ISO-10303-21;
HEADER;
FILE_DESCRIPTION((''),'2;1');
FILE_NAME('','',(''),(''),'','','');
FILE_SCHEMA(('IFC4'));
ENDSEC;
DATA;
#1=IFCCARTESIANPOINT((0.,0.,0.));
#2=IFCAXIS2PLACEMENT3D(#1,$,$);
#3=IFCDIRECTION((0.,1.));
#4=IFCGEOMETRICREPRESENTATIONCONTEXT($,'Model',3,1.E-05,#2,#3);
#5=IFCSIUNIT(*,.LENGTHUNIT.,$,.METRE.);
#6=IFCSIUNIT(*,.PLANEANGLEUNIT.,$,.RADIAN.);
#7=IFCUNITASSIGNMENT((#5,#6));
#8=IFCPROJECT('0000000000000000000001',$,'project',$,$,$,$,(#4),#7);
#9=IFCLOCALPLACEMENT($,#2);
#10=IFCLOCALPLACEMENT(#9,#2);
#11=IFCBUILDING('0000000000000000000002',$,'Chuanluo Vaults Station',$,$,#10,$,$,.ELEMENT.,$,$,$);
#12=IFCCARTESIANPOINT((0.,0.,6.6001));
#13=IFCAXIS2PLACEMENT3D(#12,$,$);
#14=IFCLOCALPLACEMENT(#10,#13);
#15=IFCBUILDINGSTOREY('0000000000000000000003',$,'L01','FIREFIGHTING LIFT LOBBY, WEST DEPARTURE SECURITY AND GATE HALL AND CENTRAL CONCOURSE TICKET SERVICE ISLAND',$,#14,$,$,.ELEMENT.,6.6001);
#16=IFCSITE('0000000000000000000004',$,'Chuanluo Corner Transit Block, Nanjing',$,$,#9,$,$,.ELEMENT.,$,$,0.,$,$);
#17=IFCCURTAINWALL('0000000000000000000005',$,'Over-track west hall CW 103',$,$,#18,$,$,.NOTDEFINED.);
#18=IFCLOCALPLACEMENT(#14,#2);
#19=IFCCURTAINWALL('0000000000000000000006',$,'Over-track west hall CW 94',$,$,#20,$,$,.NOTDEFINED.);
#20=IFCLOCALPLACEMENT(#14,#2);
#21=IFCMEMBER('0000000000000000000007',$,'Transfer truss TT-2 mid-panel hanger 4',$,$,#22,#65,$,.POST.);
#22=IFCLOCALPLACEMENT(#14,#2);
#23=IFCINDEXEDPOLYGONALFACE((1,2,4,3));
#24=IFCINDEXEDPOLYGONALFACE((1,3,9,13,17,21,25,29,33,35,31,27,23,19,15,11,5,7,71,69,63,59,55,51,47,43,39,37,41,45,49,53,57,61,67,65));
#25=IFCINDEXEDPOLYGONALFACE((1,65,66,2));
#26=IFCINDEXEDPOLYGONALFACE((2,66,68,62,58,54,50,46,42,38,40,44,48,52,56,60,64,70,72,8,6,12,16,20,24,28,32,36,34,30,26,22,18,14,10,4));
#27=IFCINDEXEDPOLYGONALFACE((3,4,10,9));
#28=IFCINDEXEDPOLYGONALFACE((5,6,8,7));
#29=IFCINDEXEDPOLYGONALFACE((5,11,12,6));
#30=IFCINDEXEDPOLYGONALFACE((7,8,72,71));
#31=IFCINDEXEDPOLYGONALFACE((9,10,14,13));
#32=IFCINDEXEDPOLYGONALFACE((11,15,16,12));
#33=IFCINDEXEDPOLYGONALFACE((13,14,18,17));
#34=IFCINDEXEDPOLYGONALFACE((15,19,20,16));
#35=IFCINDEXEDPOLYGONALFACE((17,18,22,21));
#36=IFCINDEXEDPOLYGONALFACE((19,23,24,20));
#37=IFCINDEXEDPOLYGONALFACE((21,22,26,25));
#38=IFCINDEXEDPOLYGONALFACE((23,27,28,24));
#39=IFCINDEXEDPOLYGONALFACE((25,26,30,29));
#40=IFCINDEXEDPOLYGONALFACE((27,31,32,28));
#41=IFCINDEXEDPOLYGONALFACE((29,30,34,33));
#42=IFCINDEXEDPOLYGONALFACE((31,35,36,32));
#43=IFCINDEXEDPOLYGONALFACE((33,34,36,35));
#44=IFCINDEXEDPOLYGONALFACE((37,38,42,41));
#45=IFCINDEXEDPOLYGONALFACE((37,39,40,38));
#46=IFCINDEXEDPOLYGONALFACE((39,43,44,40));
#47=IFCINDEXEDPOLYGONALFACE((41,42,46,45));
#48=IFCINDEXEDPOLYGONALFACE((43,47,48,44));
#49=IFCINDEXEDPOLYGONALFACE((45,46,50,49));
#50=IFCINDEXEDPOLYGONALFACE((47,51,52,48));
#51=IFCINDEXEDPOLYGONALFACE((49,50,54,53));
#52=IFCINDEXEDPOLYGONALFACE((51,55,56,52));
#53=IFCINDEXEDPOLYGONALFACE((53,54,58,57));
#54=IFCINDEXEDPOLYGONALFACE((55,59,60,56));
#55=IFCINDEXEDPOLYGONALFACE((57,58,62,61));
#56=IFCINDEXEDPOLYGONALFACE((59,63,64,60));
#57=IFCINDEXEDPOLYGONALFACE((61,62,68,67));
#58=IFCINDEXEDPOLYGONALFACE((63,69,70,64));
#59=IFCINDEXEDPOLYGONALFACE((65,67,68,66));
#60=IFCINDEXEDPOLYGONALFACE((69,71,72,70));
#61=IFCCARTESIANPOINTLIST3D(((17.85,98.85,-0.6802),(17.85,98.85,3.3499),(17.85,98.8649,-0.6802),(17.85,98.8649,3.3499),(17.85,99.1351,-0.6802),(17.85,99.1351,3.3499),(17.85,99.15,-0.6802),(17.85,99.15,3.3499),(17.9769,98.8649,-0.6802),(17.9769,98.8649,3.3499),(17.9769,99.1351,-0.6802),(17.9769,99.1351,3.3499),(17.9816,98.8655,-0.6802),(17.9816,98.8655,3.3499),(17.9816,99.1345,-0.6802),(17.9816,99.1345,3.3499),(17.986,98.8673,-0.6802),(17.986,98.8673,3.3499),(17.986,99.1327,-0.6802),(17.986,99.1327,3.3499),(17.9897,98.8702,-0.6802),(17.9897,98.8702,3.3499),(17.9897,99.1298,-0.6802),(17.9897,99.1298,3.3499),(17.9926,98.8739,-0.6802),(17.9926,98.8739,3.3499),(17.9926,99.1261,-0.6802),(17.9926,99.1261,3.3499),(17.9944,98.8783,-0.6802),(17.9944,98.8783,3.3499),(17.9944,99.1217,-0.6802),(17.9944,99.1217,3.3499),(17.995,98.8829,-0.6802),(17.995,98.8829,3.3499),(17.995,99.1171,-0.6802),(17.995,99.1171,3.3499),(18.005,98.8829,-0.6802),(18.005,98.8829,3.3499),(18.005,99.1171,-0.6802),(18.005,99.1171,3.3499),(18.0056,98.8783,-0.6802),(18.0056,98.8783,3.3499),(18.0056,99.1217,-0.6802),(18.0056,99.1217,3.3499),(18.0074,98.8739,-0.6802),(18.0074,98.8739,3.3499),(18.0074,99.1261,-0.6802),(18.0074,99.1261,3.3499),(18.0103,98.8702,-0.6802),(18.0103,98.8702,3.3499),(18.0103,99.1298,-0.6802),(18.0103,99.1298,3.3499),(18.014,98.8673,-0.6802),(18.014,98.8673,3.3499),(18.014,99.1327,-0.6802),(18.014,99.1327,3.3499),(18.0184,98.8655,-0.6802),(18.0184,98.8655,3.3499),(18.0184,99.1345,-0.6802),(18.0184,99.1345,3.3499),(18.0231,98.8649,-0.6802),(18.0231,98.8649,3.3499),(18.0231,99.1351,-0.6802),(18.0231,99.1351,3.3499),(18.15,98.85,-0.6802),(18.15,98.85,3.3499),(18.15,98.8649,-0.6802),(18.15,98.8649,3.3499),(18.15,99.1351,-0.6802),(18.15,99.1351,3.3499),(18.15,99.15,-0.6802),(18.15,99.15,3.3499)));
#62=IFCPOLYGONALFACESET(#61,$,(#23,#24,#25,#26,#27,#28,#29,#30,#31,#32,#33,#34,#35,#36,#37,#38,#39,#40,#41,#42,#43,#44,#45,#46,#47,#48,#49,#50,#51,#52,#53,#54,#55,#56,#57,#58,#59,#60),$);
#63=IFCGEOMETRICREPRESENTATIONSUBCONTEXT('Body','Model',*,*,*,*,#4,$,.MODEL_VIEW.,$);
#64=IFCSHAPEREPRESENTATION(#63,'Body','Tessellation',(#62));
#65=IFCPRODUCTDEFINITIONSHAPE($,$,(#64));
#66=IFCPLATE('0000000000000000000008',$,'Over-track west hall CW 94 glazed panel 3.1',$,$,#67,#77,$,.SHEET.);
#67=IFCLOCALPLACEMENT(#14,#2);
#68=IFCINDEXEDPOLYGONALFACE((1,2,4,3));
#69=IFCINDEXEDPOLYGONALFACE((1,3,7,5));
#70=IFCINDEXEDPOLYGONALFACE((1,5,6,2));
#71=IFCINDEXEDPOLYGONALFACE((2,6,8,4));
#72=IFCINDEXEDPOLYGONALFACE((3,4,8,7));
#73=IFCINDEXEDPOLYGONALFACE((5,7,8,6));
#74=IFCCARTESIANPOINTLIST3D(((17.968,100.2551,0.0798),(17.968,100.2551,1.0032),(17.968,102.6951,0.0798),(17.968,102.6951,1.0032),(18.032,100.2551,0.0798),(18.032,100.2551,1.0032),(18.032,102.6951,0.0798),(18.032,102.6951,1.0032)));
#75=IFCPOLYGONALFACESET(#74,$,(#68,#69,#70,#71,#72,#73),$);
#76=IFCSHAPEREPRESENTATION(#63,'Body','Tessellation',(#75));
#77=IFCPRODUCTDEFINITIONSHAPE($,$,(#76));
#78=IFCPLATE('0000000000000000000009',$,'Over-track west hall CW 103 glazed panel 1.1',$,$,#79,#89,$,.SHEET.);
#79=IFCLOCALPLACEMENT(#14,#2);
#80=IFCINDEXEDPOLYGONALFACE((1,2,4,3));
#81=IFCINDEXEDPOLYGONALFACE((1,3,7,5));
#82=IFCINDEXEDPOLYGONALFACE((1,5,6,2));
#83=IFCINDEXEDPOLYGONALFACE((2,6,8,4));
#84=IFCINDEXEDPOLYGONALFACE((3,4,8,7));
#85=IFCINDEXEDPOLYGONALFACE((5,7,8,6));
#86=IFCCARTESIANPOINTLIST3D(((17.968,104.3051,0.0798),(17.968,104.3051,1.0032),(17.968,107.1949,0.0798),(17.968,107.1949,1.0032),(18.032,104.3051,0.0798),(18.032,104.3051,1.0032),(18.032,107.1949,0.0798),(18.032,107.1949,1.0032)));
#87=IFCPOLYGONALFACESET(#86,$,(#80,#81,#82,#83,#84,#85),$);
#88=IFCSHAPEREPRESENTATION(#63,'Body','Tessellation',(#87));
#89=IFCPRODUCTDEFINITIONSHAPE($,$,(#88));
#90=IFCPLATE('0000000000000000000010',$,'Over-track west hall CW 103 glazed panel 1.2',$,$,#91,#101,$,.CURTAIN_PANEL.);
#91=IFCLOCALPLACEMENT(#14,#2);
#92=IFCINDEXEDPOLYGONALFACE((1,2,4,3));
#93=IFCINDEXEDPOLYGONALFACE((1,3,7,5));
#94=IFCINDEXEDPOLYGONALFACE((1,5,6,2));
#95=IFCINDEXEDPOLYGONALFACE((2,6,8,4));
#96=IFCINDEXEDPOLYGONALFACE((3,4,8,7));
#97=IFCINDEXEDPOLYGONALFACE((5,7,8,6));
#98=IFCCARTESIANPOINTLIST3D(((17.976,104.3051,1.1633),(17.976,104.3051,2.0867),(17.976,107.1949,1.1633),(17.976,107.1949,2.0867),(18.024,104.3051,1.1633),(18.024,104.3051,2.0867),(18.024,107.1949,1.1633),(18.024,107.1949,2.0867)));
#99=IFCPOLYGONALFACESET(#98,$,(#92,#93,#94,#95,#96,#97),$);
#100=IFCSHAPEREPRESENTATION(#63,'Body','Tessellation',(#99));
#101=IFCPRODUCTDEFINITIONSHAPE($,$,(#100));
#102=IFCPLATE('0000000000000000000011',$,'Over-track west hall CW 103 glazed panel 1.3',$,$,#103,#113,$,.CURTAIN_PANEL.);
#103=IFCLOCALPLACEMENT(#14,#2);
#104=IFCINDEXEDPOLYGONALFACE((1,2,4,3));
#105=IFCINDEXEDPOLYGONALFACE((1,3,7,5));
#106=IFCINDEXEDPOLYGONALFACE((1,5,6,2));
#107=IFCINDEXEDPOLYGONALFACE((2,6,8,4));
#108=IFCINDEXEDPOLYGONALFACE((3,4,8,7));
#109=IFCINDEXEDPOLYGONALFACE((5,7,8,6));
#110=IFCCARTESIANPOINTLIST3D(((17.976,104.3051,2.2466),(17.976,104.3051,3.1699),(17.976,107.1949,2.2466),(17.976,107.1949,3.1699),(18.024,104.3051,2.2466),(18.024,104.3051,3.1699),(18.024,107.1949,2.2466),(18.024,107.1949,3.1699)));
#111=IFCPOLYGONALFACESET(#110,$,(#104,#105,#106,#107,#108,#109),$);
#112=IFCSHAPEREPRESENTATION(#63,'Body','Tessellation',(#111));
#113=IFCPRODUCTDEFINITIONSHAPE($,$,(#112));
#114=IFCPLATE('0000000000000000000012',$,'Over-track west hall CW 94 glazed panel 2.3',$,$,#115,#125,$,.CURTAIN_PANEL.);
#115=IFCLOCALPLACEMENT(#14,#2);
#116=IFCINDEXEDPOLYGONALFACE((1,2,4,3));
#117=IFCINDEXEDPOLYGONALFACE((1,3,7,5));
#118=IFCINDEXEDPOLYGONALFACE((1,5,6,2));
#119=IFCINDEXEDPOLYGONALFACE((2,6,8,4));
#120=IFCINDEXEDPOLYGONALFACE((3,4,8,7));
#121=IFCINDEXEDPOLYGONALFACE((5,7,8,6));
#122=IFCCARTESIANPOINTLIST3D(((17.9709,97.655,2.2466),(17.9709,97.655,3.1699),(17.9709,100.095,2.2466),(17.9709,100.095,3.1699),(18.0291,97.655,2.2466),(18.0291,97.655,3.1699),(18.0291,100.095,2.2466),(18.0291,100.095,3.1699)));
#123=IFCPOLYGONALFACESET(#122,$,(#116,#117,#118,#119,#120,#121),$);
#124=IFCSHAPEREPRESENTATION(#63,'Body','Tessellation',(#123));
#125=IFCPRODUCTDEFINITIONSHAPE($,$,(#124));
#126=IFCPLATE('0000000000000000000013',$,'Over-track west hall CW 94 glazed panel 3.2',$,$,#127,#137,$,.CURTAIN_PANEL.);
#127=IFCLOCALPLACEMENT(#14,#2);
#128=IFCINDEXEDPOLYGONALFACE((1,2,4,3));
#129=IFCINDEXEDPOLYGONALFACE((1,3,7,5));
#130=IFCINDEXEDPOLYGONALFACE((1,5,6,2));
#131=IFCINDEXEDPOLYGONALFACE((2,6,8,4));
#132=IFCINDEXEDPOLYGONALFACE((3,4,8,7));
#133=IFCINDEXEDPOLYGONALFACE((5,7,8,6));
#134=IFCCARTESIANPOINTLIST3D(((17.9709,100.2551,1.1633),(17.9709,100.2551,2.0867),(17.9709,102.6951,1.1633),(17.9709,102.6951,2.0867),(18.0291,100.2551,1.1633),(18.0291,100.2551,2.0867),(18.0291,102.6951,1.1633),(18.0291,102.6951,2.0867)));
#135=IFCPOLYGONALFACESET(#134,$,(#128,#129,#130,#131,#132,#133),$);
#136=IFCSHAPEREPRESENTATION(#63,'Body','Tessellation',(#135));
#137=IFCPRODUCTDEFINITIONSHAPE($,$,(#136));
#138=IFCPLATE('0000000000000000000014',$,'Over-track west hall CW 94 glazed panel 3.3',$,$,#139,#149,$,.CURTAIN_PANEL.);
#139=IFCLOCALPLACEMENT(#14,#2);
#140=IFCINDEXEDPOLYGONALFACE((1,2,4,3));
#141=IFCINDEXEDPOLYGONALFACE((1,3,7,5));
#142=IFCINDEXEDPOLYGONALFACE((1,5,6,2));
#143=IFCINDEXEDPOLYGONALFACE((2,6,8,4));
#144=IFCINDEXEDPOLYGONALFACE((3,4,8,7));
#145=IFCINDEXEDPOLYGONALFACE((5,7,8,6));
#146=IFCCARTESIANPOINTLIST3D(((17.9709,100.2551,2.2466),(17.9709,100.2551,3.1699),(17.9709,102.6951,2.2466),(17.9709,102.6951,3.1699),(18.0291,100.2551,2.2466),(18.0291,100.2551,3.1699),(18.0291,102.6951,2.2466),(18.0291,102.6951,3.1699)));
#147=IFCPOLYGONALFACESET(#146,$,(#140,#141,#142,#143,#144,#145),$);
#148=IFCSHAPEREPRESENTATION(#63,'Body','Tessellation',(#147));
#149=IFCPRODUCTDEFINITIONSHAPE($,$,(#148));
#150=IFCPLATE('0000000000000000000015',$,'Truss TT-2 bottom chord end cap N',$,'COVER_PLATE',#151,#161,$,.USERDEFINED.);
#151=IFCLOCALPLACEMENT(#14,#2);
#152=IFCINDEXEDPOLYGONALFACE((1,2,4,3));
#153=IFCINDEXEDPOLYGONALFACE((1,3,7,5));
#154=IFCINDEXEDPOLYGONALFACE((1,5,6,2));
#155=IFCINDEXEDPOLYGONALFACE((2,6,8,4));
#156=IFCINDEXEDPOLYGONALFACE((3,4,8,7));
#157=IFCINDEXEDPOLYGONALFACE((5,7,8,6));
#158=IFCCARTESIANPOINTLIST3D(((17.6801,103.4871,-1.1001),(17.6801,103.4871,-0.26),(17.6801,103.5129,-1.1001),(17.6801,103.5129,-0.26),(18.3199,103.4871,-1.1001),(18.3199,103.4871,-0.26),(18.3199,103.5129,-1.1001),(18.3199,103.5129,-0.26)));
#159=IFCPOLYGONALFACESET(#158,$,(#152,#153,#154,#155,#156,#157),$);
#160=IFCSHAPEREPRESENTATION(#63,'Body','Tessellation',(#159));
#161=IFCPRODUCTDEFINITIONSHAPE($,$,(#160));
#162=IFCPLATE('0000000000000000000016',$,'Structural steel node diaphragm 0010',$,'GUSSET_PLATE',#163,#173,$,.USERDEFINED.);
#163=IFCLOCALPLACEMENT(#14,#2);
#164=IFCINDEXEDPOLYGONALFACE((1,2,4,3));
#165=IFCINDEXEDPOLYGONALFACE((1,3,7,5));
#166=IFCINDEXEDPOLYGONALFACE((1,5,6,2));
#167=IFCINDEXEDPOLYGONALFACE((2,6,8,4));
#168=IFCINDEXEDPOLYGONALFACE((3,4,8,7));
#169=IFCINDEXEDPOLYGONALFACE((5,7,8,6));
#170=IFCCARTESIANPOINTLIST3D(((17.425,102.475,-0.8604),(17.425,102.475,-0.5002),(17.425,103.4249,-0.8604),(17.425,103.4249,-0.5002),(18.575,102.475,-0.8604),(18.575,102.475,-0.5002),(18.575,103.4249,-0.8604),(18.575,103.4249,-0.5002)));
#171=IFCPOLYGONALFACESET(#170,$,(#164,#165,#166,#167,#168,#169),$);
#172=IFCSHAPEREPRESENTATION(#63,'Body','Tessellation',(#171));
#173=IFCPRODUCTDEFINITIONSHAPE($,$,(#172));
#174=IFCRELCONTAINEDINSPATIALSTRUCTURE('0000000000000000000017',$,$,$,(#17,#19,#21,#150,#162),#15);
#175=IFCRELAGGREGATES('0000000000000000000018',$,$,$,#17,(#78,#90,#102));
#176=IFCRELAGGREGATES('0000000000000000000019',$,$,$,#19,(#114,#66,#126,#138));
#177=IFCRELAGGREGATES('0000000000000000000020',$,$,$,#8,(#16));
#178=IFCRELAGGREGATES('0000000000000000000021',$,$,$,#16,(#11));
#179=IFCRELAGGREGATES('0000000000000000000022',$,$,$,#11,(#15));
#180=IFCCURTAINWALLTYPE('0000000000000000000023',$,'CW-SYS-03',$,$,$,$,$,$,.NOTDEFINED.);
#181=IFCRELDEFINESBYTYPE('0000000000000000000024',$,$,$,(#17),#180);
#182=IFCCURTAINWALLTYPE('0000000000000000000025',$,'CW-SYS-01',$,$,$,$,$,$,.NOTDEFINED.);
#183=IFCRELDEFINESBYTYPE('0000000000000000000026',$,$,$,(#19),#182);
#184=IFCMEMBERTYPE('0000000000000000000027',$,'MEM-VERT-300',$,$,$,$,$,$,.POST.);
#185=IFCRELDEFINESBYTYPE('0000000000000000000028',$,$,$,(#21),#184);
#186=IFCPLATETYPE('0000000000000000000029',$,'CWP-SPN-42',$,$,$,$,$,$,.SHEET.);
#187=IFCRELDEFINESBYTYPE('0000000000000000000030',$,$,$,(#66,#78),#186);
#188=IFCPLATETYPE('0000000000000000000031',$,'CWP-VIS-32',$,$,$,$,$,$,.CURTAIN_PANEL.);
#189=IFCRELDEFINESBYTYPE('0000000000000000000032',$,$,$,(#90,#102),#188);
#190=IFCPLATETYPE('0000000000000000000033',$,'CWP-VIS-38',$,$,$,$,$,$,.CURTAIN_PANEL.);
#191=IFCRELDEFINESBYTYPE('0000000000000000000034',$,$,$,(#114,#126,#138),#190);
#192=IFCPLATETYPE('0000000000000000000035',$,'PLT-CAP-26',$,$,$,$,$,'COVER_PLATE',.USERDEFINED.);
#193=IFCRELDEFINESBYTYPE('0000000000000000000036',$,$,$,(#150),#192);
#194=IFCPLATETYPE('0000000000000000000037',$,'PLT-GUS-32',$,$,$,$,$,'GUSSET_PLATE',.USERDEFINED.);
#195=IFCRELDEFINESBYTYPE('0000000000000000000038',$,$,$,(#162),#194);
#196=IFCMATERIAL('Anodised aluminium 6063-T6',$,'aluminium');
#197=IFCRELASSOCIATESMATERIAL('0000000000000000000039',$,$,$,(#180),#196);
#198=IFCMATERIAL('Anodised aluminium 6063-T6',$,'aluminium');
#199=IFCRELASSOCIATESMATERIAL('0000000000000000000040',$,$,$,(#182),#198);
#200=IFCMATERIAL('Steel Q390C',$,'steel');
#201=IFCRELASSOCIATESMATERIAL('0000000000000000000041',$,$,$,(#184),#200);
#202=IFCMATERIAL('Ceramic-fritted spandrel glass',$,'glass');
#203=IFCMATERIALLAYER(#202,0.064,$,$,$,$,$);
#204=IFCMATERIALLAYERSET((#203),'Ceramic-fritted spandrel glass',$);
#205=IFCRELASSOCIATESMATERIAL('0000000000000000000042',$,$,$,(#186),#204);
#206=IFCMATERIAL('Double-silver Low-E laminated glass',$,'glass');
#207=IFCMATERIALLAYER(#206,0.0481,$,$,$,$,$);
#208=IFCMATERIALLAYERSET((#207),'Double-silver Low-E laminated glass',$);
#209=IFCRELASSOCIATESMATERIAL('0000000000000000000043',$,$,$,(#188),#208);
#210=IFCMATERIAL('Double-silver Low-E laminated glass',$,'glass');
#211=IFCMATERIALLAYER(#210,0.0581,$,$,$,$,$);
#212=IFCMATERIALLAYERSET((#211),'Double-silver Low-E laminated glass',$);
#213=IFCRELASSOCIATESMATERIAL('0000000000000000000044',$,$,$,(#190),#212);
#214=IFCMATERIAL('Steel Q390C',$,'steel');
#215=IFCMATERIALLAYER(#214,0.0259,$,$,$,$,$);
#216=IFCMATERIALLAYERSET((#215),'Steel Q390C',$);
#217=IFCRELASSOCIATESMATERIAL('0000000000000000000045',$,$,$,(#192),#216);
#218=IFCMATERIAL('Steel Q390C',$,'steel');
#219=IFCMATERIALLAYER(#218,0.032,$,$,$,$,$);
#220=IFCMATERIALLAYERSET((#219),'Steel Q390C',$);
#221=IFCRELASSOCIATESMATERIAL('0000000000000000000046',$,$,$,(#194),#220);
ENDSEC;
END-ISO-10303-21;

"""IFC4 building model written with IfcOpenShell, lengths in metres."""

from ifc_helpers import new_model, si_unit, direction, frame, origin, origin_2d, place, context, subcontext, project, spatial, rectangle, i_section, extrude, material, layer, layer_set, material_profile, profile_set, type_object, element, aggregate, save


model = new_model("IFC4")

# Units and contexts
model_context = context("Model", 3, precision=1e-05, world=origin(), true_north=direction((0.0, 1.0)))
body_context = subcontext(model_context, "Body", "Model", "MODEL_VIEW")
ifc_project = project(units=[si_unit("LENGTHUNIT", "METRE"), si_unit("PLANEANGLEUNIT", "RADIAN")], contexts=[model_context])

# Site, building, storey
site_placement = place(None, origin())
site = spatial("IfcSite", under=ifc_project, at=site_placement, Name="Chuanluo Corner Transit Block, Nanjing", CompositionType="ELEMENT", RefElevation=0.0)
building_placement = place(site_placement, origin())
building = spatial("IfcBuilding", under=site, at=building_placement, Name="Chuanluo Vaults Station", CompositionType="ELEMENT")
storey_placement = place(building_placement, frame((0.0, 0.0, 6.6001)))
storey = spatial("IfcBuildingStorey", under=building, at=storey_placement, Name="L01", Description="FIREFIGHTING LIFT LOBBY, WEST DEPARTURE SECURITY AND GATE HALL AND CENTRAL CONCOURSE TICKET SERVICE ISLAND", CompositionType="ELEMENT", Elevation=6.6001)

# Curtain wall
ifc_material_1 = material(Name="Anodised aluminium 6063-T6", Category="aluminium")
curtain_wall_type_1 = type_object("IfcCurtainWallType", Name="CW-SYS-03", PredefinedType="NOTDEFINED", material=ifc_material_1)
curtain_wall_1_placement = place(storey_placement, origin())
curtain_wall_1 = element("IfcCurtainWall", 1, at=curtain_wall_1_placement, inside=storey, type_object=curtain_wall_type_1, Name="Over-track west hall CW 103", PredefinedType="NOTDEFINED")

# Curtain wall
ifc_material_2 = material(Name="Anodised aluminium 6063-T6", Category="aluminium")
curtain_wall_type_2 = type_object("IfcCurtainWallType", Name="CW-SYS-01", PredefinedType="NOTDEFINED", material=ifc_material_2)
curtain_wall_2_placement = place(storey_placement, origin())
curtain_wall_2 = element("IfcCurtainWall", 2, at=curtain_wall_2_placement, inside=storey, type_object=curtain_wall_type_2, Name="Over-track west hall CW 94", PredefinedType="NOTDEFINED")

# Member
ifc_material_3 = material(Name="Steel Q390C", Category="steel")
ifc_material_profile_1 = material_profile(ifc_material_3, i_section(OverallWidth=0.3, OverallDepth=0.3, WebThickness=0.01, FlangeThickness=0.0149, FilletRadius=0.0181, at=origin_2d()))
ifc_profile_set_1 = profile_set([ifc_material_profile_1], Name="Steel Q390C")
member_type_1 = type_object("IfcMemberType", Name="MEM-VERT-300", PredefinedType="POST", material=ifc_profile_set_1)
member_1_placement = place(storey_placement, frame((18.0, 99.0, -0.6802), z_axis=(0.0, 0.0, 1.0), x_axis=(1.0, 0.0, 0.0)))
element("IfcMember", 3, at=member_1_placement, inside=storey, type_object=member_type_1, Name="Transfer truss TT-2 mid-panel hanger 4", PredefinedType="POST", context=body_context, shape_type="SweptSolid", body=[
    extrude(i_section(OverallWidth=0.3, OverallDepth=0.3, WebThickness=0.01, FlangeThickness=0.0149, FilletRadius=0.0181, at=origin_2d()), origin(), (0.0, 0.0, 1.0), 4.03),
])

# Plates
ifc_material_4 = material(Name="Ceramic-fritted spandrel glass", Category="glass")
ifc_layer_1 = layer(ifc_material_4, 0.064)
ifc_layer_set_1 = layer_set([ifc_layer_1], Name="Ceramic-fritted spandrel glass")
plate_type_1 = type_object("IfcPlateType", Name="CWP-SPN-42", PredefinedType="SHEET", material=ifc_layer_set_1)
plate_1_placement = place(storey_placement, frame((18.0, 101.4751, 0.0798), z_axis=(0.0, 0.0, 1.0), x_axis=(0.0, 1.0, 0.0)))
plate_1 = element("IfcPlate", 4, at=plate_1_placement, type_object=plate_type_1, Name="Over-track west hall CW 94 glazed panel 3.1", PredefinedType="SHEET", context=body_context, shape_type="SweptSolid", body=[
    extrude(rectangle(XDim=2.4399, YDim=0.064, at=origin_2d()), origin(), (0.0, 0.0, 1.0), 0.9233),
])
plate_2_placement = place(storey_placement, frame((18.0, 105.75, 0.0798), z_axis=(0.0, 0.0, 1.0), x_axis=(0.0, 1.0, 0.0)))
plate_2 = element("IfcPlate", 5, at=plate_2_placement, type_object=plate_type_1, Name="Over-track west hall CW 103 glazed panel 1.1", PredefinedType="SHEET", context=body_context, shape_type="SweptSolid", body=[
    extrude(rectangle(XDim=2.8899, YDim=0.064, at=origin_2d()), origin(), (0.0, 0.0, 1.0), 0.9233),
])
ifc_material_5 = material(Name="Double-silver Low-E laminated glass", Category="glass")
ifc_layer_2 = layer(ifc_material_5, 0.0481)
ifc_layer_set_2 = layer_set([ifc_layer_2], Name="Double-silver Low-E laminated glass")
plate_type_2 = type_object("IfcPlateType", Name="CWP-VIS-32", PredefinedType="CURTAIN_PANEL", material=ifc_layer_set_2)
plate_3_placement = place(storey_placement, frame((18.0, 105.75, 1.1633), z_axis=(0.0, 0.0, 1.0), x_axis=(0.0, 1.0, 0.0)))
plate_3 = element("IfcPlate", 6, at=plate_3_placement, type_object=plate_type_2, Name="Over-track west hall CW 103 glazed panel 1.2", PredefinedType="CURTAIN_PANEL", context=body_context, shape_type="SweptSolid", body=[
    extrude(rectangle(XDim=2.8899, YDim=0.0481, at=origin_2d()), origin(), (0.0, 0.0, 1.0), 0.9233),
])
plate_4_placement = place(storey_placement, frame((18.0, 105.75, 2.2466), z_axis=(0.0, 0.0, 1.0), x_axis=(0.0, 1.0, 0.0)))
plate_4 = element("IfcPlate", 7, at=plate_4_placement, type_object=plate_type_2, Name="Over-track west hall CW 103 glazed panel 1.3", PredefinedType="CURTAIN_PANEL", context=body_context, shape_type="SweptSolid", body=[
    extrude(rectangle(XDim=2.8899, YDim=0.0481, at=origin_2d()), origin(), (0.0, 0.0, 1.0), 0.9233),
])
aggregate(curtain_wall_1, [plate_2, plate_3, plate_4])
ifc_material_6 = material(Name="Double-silver Low-E laminated glass", Category="glass")
ifc_layer_3 = layer(ifc_material_6, 0.0581)
ifc_layer_set_3 = layer_set([ifc_layer_3], Name="Double-silver Low-E laminated glass")
plate_type_3 = type_object("IfcPlateType", Name="CWP-VIS-38", PredefinedType="CURTAIN_PANEL", material=ifc_layer_set_3)
plate_5_placement = place(storey_placement, frame((18.0, 98.875, 2.2466), z_axis=(0.0, 0.0, 1.0), x_axis=(0.0, 1.0, 0.0)))
plate_5 = element("IfcPlate", 8, at=plate_5_placement, type_object=plate_type_3, Name="Over-track west hall CW 94 glazed panel 2.3", PredefinedType="CURTAIN_PANEL", context=body_context, shape_type="SweptSolid", body=[
    extrude(rectangle(XDim=2.4399, YDim=0.0581, at=origin_2d()), origin(), (0.0, 0.0, 1.0), 0.9233),
])
plate_6_placement = place(storey_placement, frame((18.0, 101.4751, 1.1633), z_axis=(0.0, 0.0, 1.0), x_axis=(0.0, 1.0, 0.0)))
plate_6 = element("IfcPlate", 9, at=plate_6_placement, type_object=plate_type_3, Name="Over-track west hall CW 94 glazed panel 3.2", PredefinedType="CURTAIN_PANEL", context=body_context, shape_type="SweptSolid", body=[
    extrude(rectangle(XDim=2.4399, YDim=0.0581, at=origin_2d()), origin(), (0.0, 0.0, 1.0), 0.9233),
])
plate_7_placement = place(storey_placement, frame((18.0, 101.4751, 2.2466), z_axis=(0.0, 0.0, 1.0), x_axis=(0.0, 1.0, 0.0)))
plate_7 = element("IfcPlate", 10, at=plate_7_placement, type_object=plate_type_3, Name="Over-track west hall CW 94 glazed panel 3.3", PredefinedType="CURTAIN_PANEL", context=body_context, shape_type="SweptSolid", body=[
    extrude(rectangle(XDim=2.4399, YDim=0.0581, at=origin_2d()), origin(), (0.0, 0.0, 1.0), 0.9233),
])
aggregate(curtain_wall_2, [plate_5, plate_1, plate_6, plate_7])

# Plates
ifc_material_7 = material(Name="Steel Q390C", Category="steel")
ifc_layer_4 = layer(ifc_material_7, 0.0259)
ifc_layer_set_4 = layer_set([ifc_layer_4], Name="Steel Q390C")
plate_type_4 = type_object("IfcPlateType", Name="PLT-CAP-26", ElementType="COVER_PLATE", PredefinedType="USERDEFINED", material=ifc_layer_set_4)
plate_8_placement = place(storey_placement, frame((18.0, 103.5, -1.1001), z_axis=(0.0, 0.0, 1.0), x_axis=(1.0, 0.0, 0.0)))
element("IfcPlate", 11, at=plate_8_placement, inside=storey, type_object=plate_type_4, Name="Truss TT-2 bottom chord end cap N", ObjectType="COVER_PLATE", PredefinedType="USERDEFINED", context=body_context, shape_type="SweptSolid", body=[
    extrude(rectangle(XDim=0.6399, YDim=0.0259, at=origin_2d()), origin(), (0.0, 0.0, 1.0), 0.8401),
])
ifc_material_8 = material(Name="Steel Q390C", Category="steel")
ifc_layer_5 = layer(ifc_material_8, 0.032)
ifc_layer_set_5 = layer_set([ifc_layer_5], Name="Steel Q390C")
plate_type_5 = type_object("IfcPlateType", Name="PLT-GUS-32", ElementType="GUSSET_PLATE", PredefinedType="USERDEFINED", material=ifc_layer_set_5)
plate_9_placement = place(storey_placement, frame((18.0, 102.95, -0.8604), z_axis=(0.0, 0.0, 1.0), x_axis=(1.0, 0.0, 0.0)))
element("IfcPlate", 12, at=plate_9_placement, inside=storey, type_object=plate_type_5, Name="Structural steel node diaphragm 0010", ObjectType="GUSSET_PLATE", PredefinedType="USERDEFINED", context=body_context, shape_type="SweptSolid", body=[
    extrude(rectangle(XDim=1.1499, YDim=0.95, at=origin_2d()), origin(), (0.0, 0.0, 1.0), 0.3601),
])

save(model, "model.ifc")
